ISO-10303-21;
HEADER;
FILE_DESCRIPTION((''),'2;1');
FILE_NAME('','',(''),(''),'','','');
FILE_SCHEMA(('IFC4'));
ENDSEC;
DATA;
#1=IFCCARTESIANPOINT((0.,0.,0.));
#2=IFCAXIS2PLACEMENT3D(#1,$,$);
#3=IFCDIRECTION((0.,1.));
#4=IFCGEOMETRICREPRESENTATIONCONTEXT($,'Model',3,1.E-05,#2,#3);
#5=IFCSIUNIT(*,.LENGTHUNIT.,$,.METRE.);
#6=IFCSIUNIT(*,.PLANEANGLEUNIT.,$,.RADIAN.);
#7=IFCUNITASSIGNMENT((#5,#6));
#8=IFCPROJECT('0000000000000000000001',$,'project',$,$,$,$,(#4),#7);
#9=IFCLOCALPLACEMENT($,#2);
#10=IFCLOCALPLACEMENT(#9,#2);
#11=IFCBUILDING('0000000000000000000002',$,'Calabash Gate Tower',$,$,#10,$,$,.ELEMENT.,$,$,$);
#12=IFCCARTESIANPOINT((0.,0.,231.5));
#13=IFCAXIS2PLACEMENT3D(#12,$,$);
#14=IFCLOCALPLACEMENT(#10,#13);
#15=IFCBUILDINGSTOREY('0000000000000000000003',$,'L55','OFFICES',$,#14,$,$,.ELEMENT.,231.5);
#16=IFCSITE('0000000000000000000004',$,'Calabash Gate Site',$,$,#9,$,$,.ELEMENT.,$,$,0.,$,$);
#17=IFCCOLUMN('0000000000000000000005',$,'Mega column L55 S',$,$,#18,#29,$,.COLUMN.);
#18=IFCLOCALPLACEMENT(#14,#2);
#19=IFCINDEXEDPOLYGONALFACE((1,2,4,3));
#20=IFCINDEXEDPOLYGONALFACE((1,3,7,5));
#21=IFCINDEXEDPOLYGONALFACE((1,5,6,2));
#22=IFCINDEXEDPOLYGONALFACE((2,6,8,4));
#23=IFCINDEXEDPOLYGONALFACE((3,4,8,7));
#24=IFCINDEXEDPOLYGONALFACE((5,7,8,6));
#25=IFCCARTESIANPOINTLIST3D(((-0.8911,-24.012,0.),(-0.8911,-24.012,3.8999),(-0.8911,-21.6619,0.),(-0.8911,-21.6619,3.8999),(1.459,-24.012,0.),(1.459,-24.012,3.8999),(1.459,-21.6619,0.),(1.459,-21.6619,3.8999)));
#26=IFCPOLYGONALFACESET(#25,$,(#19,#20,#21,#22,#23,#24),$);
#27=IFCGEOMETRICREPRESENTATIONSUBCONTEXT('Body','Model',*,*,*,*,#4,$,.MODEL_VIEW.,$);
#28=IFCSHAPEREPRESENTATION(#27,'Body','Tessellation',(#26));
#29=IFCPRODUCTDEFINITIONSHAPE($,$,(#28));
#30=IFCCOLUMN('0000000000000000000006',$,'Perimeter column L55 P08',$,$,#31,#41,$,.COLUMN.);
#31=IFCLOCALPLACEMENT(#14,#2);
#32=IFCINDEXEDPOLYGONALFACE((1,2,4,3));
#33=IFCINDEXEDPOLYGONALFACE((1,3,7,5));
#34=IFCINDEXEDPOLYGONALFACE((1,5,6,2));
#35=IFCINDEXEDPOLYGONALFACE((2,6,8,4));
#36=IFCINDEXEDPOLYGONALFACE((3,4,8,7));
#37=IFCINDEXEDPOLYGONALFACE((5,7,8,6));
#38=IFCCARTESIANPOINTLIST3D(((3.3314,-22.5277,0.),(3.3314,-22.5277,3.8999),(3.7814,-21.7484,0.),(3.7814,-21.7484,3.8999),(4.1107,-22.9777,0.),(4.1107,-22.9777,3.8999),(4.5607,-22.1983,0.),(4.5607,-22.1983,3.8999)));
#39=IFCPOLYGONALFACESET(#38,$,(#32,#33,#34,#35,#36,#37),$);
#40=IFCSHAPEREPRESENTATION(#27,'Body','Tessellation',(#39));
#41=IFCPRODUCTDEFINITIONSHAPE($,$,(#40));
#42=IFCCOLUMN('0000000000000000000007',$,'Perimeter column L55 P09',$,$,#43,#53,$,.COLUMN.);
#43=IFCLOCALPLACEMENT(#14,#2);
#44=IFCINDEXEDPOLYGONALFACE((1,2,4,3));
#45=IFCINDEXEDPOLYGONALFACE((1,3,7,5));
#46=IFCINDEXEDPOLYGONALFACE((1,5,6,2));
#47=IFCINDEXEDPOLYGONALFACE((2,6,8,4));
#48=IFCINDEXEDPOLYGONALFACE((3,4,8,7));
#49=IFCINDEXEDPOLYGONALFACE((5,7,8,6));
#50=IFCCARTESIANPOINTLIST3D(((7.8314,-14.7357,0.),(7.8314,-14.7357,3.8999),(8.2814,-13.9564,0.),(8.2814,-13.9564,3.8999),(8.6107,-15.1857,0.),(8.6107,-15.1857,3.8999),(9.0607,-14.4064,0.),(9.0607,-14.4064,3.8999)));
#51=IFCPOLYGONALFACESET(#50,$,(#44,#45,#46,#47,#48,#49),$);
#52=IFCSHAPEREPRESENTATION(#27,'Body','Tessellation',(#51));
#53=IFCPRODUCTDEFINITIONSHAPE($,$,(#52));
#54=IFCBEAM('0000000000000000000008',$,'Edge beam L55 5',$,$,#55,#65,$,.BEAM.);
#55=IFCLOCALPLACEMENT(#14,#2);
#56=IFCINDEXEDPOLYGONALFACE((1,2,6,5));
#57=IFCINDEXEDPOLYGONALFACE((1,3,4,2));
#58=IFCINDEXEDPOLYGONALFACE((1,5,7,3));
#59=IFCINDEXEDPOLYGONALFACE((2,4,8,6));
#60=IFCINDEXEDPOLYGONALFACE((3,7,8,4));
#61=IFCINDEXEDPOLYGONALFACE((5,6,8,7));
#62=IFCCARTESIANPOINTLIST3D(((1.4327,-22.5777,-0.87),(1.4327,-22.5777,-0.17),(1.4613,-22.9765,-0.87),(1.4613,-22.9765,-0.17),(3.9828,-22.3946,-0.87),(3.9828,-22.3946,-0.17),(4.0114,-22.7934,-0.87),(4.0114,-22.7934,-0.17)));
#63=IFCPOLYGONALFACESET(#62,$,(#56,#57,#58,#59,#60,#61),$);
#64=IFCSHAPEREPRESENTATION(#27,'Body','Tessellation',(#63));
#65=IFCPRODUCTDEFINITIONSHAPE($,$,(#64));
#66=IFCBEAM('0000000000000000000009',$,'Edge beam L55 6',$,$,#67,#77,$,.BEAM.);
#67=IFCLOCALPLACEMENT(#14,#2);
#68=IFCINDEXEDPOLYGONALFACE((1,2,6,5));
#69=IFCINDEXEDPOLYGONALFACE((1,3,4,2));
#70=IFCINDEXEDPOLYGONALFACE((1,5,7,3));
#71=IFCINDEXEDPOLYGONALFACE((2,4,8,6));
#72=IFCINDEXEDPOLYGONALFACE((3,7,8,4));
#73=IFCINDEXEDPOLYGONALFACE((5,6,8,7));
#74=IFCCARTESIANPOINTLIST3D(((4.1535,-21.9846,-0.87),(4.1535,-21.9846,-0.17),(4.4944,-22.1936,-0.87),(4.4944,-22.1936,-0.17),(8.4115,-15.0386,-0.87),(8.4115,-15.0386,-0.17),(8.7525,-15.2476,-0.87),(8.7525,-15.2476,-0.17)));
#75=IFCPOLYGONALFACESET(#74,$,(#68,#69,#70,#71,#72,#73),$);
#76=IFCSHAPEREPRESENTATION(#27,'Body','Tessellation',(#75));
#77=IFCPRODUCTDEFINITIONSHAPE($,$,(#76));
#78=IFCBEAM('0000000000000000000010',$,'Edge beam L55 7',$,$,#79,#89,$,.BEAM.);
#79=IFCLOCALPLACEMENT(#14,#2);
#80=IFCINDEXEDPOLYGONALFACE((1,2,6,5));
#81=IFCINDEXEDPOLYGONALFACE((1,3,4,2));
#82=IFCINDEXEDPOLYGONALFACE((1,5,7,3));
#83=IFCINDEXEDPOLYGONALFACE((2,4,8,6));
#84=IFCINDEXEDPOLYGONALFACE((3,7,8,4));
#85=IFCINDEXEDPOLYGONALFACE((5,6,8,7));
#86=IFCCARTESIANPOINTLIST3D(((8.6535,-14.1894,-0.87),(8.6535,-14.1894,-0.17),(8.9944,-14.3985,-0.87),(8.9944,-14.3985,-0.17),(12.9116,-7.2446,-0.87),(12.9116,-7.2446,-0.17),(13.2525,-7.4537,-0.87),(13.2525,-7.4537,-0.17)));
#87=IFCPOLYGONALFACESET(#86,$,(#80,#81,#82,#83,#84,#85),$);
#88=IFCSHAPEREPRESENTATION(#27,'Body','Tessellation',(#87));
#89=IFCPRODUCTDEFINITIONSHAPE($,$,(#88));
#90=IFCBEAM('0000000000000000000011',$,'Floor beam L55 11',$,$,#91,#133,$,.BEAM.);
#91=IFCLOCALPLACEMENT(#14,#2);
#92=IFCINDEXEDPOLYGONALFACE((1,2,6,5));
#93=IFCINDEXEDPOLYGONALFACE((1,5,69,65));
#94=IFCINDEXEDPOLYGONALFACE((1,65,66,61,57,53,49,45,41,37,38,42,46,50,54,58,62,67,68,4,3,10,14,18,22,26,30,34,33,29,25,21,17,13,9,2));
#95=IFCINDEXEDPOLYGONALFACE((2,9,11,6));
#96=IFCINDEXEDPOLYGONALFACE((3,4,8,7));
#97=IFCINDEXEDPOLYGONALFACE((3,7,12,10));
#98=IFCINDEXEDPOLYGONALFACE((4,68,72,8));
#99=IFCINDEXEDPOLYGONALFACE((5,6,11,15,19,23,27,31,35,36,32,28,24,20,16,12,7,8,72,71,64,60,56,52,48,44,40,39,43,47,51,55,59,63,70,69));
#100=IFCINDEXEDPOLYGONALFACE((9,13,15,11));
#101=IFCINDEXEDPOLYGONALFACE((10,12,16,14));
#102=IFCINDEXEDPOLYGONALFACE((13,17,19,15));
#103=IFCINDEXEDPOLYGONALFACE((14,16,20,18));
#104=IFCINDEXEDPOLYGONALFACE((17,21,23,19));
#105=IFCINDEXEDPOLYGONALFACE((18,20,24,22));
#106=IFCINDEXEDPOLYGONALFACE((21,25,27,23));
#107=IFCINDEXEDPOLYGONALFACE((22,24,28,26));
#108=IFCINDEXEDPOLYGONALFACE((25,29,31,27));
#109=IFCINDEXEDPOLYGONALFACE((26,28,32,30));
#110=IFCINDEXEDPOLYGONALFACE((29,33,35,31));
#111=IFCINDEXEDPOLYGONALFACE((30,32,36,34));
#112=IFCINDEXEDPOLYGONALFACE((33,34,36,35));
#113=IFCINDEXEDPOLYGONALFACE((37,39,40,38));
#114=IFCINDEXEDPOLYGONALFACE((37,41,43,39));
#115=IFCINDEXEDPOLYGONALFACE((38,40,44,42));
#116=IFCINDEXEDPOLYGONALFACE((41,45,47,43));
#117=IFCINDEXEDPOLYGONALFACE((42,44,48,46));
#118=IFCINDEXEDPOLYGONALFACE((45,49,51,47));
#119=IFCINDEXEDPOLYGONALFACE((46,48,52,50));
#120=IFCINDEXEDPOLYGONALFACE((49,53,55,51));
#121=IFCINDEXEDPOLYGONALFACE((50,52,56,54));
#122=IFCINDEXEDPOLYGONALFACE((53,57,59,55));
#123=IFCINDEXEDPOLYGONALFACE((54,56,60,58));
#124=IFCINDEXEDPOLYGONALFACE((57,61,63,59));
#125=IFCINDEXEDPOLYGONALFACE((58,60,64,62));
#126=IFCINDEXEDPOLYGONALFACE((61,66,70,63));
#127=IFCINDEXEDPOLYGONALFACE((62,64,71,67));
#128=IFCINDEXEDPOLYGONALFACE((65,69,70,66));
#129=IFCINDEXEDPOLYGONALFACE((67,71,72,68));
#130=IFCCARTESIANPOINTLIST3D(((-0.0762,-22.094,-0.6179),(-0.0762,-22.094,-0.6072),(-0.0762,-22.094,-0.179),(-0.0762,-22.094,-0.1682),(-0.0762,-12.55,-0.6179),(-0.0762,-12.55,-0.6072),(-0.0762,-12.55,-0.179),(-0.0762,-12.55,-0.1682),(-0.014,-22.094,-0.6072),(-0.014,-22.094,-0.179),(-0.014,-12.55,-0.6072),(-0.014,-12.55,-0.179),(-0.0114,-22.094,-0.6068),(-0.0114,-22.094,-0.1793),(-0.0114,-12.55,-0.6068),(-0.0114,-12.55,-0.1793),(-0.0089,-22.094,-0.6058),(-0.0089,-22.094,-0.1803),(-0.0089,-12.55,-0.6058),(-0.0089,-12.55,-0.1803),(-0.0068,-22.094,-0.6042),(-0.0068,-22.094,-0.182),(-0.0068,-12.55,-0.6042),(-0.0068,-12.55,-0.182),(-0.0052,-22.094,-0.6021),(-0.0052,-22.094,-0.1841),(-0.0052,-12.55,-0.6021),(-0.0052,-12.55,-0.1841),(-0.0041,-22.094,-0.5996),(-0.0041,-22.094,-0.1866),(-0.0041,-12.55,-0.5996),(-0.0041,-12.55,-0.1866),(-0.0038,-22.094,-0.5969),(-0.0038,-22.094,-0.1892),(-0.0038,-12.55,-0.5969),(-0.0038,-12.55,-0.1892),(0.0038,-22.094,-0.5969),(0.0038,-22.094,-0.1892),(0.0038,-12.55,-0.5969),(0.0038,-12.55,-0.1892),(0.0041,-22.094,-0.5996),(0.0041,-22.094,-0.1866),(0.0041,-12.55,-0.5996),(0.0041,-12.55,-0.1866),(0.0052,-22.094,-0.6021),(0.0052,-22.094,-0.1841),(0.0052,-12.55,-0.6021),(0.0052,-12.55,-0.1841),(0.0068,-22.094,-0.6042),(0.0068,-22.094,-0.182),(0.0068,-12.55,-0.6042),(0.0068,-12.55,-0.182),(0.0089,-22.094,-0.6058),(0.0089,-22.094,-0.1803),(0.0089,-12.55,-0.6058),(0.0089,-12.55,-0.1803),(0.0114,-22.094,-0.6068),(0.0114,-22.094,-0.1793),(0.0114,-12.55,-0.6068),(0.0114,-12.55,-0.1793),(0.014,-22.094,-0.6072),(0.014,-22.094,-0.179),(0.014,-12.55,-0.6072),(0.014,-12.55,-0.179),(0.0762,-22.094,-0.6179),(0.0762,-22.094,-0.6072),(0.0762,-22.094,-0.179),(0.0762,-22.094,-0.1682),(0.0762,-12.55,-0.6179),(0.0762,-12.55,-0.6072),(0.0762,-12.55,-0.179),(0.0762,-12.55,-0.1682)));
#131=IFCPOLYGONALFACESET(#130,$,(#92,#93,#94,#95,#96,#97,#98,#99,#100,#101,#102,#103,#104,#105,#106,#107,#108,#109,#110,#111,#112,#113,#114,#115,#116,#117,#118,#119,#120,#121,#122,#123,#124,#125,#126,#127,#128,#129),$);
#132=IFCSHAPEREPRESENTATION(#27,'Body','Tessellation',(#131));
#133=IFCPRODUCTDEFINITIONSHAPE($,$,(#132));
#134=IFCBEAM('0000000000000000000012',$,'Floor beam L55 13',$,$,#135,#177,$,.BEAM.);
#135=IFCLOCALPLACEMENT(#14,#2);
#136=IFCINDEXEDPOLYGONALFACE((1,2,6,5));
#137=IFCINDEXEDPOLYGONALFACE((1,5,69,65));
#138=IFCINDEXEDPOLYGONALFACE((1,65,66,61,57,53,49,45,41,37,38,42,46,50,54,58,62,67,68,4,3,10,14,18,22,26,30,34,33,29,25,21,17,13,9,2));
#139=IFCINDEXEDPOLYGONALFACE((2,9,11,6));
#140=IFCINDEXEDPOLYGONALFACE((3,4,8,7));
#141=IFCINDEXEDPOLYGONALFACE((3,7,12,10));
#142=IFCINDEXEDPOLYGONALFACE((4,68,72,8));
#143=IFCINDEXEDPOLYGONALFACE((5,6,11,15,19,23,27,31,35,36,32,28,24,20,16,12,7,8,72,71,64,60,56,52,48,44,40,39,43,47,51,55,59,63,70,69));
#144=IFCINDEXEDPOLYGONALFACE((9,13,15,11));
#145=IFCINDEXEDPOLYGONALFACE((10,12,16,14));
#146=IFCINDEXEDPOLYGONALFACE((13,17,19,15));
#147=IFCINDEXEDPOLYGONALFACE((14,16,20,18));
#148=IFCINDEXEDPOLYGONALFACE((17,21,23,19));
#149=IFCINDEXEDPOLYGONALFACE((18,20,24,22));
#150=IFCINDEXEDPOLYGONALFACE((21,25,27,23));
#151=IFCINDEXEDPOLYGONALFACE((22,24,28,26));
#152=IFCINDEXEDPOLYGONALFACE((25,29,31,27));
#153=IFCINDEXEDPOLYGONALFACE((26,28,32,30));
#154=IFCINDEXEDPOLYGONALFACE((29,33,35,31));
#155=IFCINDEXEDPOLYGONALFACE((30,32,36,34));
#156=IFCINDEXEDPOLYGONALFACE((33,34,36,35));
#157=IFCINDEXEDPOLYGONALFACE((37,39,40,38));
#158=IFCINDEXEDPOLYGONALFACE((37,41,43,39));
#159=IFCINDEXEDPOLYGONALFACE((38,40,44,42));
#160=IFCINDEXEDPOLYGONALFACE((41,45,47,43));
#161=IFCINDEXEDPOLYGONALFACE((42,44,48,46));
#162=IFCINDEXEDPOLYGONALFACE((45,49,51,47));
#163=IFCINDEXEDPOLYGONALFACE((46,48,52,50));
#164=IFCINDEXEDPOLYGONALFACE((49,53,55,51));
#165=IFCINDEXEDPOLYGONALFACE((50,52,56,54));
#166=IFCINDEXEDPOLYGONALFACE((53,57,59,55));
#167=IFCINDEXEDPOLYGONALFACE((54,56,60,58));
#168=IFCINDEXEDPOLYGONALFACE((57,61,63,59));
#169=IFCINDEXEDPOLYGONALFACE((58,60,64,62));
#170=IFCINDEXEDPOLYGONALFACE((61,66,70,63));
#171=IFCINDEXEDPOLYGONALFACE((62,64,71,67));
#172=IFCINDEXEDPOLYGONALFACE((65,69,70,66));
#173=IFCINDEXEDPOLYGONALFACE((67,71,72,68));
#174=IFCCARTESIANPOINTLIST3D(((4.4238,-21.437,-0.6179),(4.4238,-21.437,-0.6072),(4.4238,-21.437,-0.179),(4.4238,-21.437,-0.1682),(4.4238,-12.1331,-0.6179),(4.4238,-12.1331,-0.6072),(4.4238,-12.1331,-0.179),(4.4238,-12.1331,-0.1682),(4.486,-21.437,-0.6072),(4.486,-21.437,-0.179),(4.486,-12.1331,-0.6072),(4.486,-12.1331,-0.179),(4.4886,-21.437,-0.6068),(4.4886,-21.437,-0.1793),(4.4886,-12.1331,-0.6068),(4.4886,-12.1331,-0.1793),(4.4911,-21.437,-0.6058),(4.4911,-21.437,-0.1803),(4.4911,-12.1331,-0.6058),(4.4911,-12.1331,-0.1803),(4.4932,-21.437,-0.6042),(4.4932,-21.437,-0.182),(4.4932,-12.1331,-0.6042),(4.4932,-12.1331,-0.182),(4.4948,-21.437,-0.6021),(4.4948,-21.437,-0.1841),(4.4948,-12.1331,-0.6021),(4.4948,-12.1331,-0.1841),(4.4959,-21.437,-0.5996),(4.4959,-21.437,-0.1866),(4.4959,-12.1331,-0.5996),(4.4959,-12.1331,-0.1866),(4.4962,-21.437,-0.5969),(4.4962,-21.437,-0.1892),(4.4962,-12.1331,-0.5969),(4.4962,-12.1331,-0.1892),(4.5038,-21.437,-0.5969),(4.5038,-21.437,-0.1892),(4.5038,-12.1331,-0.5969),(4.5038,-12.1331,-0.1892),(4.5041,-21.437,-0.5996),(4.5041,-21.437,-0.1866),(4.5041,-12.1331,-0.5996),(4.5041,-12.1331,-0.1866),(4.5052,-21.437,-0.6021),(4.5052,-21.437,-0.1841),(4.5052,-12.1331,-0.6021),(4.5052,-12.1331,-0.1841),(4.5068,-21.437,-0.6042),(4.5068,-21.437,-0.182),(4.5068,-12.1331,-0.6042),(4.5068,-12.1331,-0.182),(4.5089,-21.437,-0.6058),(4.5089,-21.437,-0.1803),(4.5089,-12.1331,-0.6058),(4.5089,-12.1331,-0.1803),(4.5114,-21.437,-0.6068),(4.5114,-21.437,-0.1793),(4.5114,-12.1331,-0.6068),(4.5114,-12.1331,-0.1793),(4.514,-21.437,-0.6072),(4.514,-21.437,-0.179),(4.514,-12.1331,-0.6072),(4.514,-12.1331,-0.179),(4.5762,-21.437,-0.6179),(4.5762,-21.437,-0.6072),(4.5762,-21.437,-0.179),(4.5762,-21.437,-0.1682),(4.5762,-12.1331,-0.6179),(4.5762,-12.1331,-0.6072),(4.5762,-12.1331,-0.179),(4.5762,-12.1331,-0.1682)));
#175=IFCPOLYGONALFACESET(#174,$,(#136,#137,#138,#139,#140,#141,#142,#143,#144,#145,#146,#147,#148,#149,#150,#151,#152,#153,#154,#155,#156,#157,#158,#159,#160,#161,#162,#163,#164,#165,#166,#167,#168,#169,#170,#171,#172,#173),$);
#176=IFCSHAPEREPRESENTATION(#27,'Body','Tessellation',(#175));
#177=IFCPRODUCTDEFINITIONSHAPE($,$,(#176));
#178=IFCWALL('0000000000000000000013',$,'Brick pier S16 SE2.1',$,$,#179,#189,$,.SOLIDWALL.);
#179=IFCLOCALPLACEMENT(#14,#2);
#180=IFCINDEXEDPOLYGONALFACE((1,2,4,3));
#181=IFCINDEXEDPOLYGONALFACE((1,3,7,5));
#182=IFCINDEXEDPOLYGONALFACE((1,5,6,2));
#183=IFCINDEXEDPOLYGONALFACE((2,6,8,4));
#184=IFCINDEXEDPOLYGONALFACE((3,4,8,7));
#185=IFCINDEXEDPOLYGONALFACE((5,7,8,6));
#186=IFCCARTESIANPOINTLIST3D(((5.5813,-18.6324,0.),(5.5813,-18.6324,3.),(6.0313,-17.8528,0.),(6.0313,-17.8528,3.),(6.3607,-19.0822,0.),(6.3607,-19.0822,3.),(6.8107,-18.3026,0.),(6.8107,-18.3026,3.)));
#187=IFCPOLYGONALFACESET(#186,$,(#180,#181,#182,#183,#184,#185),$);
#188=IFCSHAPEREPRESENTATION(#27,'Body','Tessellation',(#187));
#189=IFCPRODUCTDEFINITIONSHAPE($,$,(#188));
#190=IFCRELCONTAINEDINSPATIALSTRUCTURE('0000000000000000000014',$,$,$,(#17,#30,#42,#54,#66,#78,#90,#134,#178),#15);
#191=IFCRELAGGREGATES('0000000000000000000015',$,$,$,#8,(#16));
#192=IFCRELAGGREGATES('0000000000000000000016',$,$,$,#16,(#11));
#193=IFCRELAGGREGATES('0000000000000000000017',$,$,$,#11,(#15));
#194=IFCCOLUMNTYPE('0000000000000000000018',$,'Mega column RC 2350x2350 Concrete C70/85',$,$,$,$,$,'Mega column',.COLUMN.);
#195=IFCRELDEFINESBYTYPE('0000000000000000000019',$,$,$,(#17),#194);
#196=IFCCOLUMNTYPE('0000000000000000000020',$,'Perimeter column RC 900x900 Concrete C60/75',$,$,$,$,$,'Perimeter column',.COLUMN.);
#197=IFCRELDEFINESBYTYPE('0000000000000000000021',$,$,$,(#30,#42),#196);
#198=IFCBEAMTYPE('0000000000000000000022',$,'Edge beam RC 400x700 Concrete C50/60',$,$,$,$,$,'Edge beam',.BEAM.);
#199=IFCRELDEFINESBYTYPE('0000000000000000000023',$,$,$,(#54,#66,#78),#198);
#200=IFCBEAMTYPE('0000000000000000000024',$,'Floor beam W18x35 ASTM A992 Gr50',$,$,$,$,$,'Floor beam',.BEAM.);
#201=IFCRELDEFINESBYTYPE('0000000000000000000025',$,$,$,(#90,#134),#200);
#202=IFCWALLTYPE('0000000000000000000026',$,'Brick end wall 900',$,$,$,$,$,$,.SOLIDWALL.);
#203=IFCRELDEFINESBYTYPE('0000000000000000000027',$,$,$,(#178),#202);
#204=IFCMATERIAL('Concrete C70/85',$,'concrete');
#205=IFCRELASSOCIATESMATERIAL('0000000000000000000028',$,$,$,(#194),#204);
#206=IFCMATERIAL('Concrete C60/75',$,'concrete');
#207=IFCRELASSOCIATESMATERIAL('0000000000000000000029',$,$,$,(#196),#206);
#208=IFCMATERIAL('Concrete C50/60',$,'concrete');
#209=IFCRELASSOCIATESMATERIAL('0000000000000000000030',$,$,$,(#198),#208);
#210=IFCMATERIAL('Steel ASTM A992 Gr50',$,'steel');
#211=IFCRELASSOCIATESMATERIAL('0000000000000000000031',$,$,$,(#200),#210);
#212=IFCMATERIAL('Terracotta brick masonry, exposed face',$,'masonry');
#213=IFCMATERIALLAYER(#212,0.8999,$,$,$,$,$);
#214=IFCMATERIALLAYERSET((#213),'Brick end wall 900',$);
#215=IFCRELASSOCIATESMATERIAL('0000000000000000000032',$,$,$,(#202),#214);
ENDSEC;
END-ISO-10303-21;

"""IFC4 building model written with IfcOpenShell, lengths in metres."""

from ifc_helpers import new_model, si_unit, direction, frame, frame_2d, origin, origin_2d, place, context, subcontext, project, spatial, rectangle, i_section, extrude, material, layer, layer_set, material_profile, profile_set, type_object, element, save


model = new_model("IFC4")

# Units and contexts
model_context = context("Model", 3, precision=1e-05, world=origin(), true_north=direction((0.0, 1.0)))
body_context = subcontext(model_context, "Body", "Model", "MODEL_VIEW")
ifc_project = project(units=[si_unit("LENGTHUNIT", "METRE"), si_unit("PLANEANGLEUNIT", "RADIAN")], contexts=[model_context])

# Site, building, storey
site_placement = place(None, origin())
site = spatial("IfcSite", under=ifc_project, at=site_placement, Name="Calabash Gate Site", CompositionType="ELEMENT", RefElevation=0.0)
building_placement = place(site_placement, origin())
building = spatial("IfcBuilding", under=site, at=building_placement, Name="Calabash Gate Tower", CompositionType="ELEMENT")
storey_placement = place(building_placement, frame((0.0, 0.0, 231.5)))
storey = spatial("IfcBuildingStorey", under=building, at=storey_placement, Name="L55", Description="OFFICES", CompositionType="ELEMENT", Elevation=231.5)

# Columns
ifc_material_1 = material(Name="Concrete C70/85", Category="concrete")
ifc_material_profile_1 = material_profile(ifc_material_1, rectangle(XDim=2.3501, YDim=2.3501, at=origin_2d()))
ifc_profile_set_1 = profile_set([ifc_material_profile_1], Name="Concrete C70/85")
column_type_1 = type_object("IfcColumnType", Name="Mega column RC 2350x2350 Concrete C70/85", ElementType="Mega column", PredefinedType="COLUMN", material=ifc_profile_set_1)
column_placement = place(storey_placement, frame((0.2839, -22.8369, 0.0), z_axis=(0.0, 0.0, 1.0), x_axis=(0.0, 1.0, 0.0)))
element("IfcColumn", 1, at=column_placement, inside=storey, type_object=column_type_1, Name="Mega column L55 S", PredefinedType="COLUMN", context=body_context, shape_type="SweptSolid", body=[
    extrude(rectangle(XDim=2.3501, YDim=2.3501, at=origin_2d()), origin(), (0.0, 0.0, 1.0), 3.8999),
])
ifc_material_2 = material(Name="Concrete C60/75", Category="concrete")
ifc_material_profile_2 = material_profile(ifc_material_2, rectangle(XDim=0.8999, YDim=0.8999, at=origin_2d()))
ifc_profile_set_2 = profile_set([ifc_material_profile_2], Name="Concrete C60/75")
column_type_2 = type_object("IfcColumnType", Name="Perimeter column RC 900x900 Concrete C60/75", ElementType="Perimeter column", PredefinedType="COLUMN", material=ifc_profile_set_2)
for number, where, z_axis, x_axis, name in (
    (2, (3.946, -22.363, 0.0), (0.0, 0.0, 1.0), (0.5, 0.866025, 0.0), "Perimeter column L55 P08"),
    (3, (8.446, -14.571, 0.0), (0.0, 0.0, 1.0), (0.5, 0.866025, 0.0), "Perimeter column L55 P09"),
):
    element("IfcColumn", number, at=place(storey_placement, frame(where, z_axis=z_axis, x_axis=x_axis)), inside=storey, type_object=column_type_2, Name=name, PredefinedType="COLUMN", context=body_context, shape_type="SweptSolid", body=[
        extrude(rectangle(XDim=0.8999, YDim=0.8999, at=origin_2d()), origin(), (0.0, 0.0, 1.0), 3.8999),
    ])

# Beams
ifc_material_3 = material(Name="Concrete C50/60", Category="concrete")
ifc_material_profile_3 = material_profile(ifc_material_3, rectangle(XDim=0.3999, YDim=0.7, at=origin_2d()))
ifc_profile_set_3 = profile_set([ifc_material_profile_3], Name="Concrete C50/60")
beam_type_1 = type_object("IfcBeamType", Name="Edge beam RC 400x700 Concrete C50/60", ElementType="Edge beam", PredefinedType="BEAM", material=ifc_profile_set_3)
beam_1_placement = place(storey_placement, frame((1.447, -22.7771, -0.52), z_axis=(0.997432, 0.07162, 0.0), x_axis=(-0.07162, 0.997432, 0.0)))
element("IfcBeam", 4, at=beam_1_placement, inside=storey, type_object=beam_type_1, Name="Edge beam L55 5", PredefinedType="BEAM", context=body_context, shape_type="SweptSolid", body=[
    extrude(rectangle(XDim=0.3999, YDim=0.7, at=origin_2d()), origin(), (0.0, 0.0, 1.0), 2.5566),
])
beam_2_placement = place(storey_placement, frame((4.324, -22.0891, -0.52), z_axis=(0.522634, 0.852557, 0.0), x_axis=(-0.852557, 0.522634, 0.0)))
element("IfcBeam", 5, at=beam_2_placement, inside=storey, type_object=beam_type_1, Name="Edge beam L55 6", PredefinedType="BEAM", context=body_context, shape_type="SweptSolid", body=[
    extrude(rectangle(XDim=0.3999, YDim=0.7, at=origin_2d()), origin(), (0.0, 0.0, 1.0), 8.1472),
])
beam_3_placement = place(storey_placement, frame((8.824, -14.2939, -0.52), z_axis=(0.5227, 0.852516, 0.0), x_axis=(-0.852516, 0.5227, 0.0)))
element("IfcBeam", 6, at=beam_3_placement, inside=storey, type_object=beam_type_1, Name="Edge beam L55 7", PredefinedType="BEAM", context=body_context, shape_type="SweptSolid", body=[
    extrude(rectangle(XDim=0.3999, YDim=0.7, at=origin_2d()), origin(), (0.0, 0.0, 1.0), 8.1462),
])
ifc_material_4 = material(Name="Steel ASTM A992 Gr50", Category="steel")
ifc_material_profile_4 = material_profile(ifc_material_4, i_section(OverallWidth=0.1523, OverallDepth=0.4497, WebThickness=0.0076, FlangeThickness=0.0107, FilletRadius=0.0103, at=origin_2d()))
ifc_profile_set_4 = profile_set([ifc_material_profile_4], Name="Steel ASTM A992 Gr50")
beam_type_2 = type_object("IfcBeamType", Name="Floor beam W18x35 ASTM A992 Gr50", ElementType="Floor beam", PredefinedType="BEAM", material=ifc_profile_set_4)
beam_4_placement = place(storey_placement, frame((0.0, -22.094, -0.3931), z_axis=(0.0, 1.0, 0.0), x_axis=(-1.0, 0.0, 0.0)))
element("IfcBeam", 7, at=beam_4_placement, inside=storey, type_object=beam_type_2, Name="Floor beam L55 11", PredefinedType="BEAM", context=body_context, shape_type="SweptSolid", body=[
    extrude(i_section(OverallWidth=0.1523, OverallDepth=0.4497, WebThickness=0.0076, FlangeThickness=0.0107, FilletRadius=0.0103, at=origin_2d()), origin(), (0.0, 0.0, 1.0), 9.5439),
])
beam_5_placement = place(storey_placement, frame((4.5, -21.437, -0.3931), z_axis=(0.0, 1.0, 0.0), x_axis=(-1.0, 0.0, 0.0)))
element("IfcBeam", 8, at=beam_5_placement, inside=storey, type_object=beam_type_2, Name="Floor beam L55 13", PredefinedType="BEAM", context=body_context, shape_type="SweptSolid", body=[
    extrude(i_section(OverallWidth=0.1523, OverallDepth=0.4497, WebThickness=0.0076, FlangeThickness=0.0107, FilletRadius=0.0103, at=origin_2d()), origin(), (0.0, 0.0, 1.0), 9.304),
])

# Wall
ifc_material_5 = material(Name="Terracotta brick masonry, exposed face", Category="masonry")
ifc_layer_1 = layer(ifc_material_5, 0.8999)
ifc_layer_set_1 = layer_set([ifc_layer_1], Name="Brick end wall 900")
wall_type_1 = type_object("IfcWallType", Name="Brick end wall 900", PredefinedType="SOLIDWALL", material=ifc_layer_set_1)
wall_1_placement = place(storey_placement, frame((5.9709, -18.8574, 0.0), z_axis=(0.0, 0.0, 1.0), x_axis=(0.499902, 0.866082, 0.0)))
element("IfcWall", 9, at=wall_1_placement, inside=storey, type_object=wall_type_1, Name="Brick pier S16 SE2.1", PredefinedType="SOLIDWALL", context=body_context, shape_type="SweptSolid", body=[
    extrude(rectangle(XDim=0.9001, YDim=0.8999, at=frame_2d((0.4502, 0.0))), origin(), (0.0, 0.0, 1.0), 3.0),
])

save(model, "model.ifc")
